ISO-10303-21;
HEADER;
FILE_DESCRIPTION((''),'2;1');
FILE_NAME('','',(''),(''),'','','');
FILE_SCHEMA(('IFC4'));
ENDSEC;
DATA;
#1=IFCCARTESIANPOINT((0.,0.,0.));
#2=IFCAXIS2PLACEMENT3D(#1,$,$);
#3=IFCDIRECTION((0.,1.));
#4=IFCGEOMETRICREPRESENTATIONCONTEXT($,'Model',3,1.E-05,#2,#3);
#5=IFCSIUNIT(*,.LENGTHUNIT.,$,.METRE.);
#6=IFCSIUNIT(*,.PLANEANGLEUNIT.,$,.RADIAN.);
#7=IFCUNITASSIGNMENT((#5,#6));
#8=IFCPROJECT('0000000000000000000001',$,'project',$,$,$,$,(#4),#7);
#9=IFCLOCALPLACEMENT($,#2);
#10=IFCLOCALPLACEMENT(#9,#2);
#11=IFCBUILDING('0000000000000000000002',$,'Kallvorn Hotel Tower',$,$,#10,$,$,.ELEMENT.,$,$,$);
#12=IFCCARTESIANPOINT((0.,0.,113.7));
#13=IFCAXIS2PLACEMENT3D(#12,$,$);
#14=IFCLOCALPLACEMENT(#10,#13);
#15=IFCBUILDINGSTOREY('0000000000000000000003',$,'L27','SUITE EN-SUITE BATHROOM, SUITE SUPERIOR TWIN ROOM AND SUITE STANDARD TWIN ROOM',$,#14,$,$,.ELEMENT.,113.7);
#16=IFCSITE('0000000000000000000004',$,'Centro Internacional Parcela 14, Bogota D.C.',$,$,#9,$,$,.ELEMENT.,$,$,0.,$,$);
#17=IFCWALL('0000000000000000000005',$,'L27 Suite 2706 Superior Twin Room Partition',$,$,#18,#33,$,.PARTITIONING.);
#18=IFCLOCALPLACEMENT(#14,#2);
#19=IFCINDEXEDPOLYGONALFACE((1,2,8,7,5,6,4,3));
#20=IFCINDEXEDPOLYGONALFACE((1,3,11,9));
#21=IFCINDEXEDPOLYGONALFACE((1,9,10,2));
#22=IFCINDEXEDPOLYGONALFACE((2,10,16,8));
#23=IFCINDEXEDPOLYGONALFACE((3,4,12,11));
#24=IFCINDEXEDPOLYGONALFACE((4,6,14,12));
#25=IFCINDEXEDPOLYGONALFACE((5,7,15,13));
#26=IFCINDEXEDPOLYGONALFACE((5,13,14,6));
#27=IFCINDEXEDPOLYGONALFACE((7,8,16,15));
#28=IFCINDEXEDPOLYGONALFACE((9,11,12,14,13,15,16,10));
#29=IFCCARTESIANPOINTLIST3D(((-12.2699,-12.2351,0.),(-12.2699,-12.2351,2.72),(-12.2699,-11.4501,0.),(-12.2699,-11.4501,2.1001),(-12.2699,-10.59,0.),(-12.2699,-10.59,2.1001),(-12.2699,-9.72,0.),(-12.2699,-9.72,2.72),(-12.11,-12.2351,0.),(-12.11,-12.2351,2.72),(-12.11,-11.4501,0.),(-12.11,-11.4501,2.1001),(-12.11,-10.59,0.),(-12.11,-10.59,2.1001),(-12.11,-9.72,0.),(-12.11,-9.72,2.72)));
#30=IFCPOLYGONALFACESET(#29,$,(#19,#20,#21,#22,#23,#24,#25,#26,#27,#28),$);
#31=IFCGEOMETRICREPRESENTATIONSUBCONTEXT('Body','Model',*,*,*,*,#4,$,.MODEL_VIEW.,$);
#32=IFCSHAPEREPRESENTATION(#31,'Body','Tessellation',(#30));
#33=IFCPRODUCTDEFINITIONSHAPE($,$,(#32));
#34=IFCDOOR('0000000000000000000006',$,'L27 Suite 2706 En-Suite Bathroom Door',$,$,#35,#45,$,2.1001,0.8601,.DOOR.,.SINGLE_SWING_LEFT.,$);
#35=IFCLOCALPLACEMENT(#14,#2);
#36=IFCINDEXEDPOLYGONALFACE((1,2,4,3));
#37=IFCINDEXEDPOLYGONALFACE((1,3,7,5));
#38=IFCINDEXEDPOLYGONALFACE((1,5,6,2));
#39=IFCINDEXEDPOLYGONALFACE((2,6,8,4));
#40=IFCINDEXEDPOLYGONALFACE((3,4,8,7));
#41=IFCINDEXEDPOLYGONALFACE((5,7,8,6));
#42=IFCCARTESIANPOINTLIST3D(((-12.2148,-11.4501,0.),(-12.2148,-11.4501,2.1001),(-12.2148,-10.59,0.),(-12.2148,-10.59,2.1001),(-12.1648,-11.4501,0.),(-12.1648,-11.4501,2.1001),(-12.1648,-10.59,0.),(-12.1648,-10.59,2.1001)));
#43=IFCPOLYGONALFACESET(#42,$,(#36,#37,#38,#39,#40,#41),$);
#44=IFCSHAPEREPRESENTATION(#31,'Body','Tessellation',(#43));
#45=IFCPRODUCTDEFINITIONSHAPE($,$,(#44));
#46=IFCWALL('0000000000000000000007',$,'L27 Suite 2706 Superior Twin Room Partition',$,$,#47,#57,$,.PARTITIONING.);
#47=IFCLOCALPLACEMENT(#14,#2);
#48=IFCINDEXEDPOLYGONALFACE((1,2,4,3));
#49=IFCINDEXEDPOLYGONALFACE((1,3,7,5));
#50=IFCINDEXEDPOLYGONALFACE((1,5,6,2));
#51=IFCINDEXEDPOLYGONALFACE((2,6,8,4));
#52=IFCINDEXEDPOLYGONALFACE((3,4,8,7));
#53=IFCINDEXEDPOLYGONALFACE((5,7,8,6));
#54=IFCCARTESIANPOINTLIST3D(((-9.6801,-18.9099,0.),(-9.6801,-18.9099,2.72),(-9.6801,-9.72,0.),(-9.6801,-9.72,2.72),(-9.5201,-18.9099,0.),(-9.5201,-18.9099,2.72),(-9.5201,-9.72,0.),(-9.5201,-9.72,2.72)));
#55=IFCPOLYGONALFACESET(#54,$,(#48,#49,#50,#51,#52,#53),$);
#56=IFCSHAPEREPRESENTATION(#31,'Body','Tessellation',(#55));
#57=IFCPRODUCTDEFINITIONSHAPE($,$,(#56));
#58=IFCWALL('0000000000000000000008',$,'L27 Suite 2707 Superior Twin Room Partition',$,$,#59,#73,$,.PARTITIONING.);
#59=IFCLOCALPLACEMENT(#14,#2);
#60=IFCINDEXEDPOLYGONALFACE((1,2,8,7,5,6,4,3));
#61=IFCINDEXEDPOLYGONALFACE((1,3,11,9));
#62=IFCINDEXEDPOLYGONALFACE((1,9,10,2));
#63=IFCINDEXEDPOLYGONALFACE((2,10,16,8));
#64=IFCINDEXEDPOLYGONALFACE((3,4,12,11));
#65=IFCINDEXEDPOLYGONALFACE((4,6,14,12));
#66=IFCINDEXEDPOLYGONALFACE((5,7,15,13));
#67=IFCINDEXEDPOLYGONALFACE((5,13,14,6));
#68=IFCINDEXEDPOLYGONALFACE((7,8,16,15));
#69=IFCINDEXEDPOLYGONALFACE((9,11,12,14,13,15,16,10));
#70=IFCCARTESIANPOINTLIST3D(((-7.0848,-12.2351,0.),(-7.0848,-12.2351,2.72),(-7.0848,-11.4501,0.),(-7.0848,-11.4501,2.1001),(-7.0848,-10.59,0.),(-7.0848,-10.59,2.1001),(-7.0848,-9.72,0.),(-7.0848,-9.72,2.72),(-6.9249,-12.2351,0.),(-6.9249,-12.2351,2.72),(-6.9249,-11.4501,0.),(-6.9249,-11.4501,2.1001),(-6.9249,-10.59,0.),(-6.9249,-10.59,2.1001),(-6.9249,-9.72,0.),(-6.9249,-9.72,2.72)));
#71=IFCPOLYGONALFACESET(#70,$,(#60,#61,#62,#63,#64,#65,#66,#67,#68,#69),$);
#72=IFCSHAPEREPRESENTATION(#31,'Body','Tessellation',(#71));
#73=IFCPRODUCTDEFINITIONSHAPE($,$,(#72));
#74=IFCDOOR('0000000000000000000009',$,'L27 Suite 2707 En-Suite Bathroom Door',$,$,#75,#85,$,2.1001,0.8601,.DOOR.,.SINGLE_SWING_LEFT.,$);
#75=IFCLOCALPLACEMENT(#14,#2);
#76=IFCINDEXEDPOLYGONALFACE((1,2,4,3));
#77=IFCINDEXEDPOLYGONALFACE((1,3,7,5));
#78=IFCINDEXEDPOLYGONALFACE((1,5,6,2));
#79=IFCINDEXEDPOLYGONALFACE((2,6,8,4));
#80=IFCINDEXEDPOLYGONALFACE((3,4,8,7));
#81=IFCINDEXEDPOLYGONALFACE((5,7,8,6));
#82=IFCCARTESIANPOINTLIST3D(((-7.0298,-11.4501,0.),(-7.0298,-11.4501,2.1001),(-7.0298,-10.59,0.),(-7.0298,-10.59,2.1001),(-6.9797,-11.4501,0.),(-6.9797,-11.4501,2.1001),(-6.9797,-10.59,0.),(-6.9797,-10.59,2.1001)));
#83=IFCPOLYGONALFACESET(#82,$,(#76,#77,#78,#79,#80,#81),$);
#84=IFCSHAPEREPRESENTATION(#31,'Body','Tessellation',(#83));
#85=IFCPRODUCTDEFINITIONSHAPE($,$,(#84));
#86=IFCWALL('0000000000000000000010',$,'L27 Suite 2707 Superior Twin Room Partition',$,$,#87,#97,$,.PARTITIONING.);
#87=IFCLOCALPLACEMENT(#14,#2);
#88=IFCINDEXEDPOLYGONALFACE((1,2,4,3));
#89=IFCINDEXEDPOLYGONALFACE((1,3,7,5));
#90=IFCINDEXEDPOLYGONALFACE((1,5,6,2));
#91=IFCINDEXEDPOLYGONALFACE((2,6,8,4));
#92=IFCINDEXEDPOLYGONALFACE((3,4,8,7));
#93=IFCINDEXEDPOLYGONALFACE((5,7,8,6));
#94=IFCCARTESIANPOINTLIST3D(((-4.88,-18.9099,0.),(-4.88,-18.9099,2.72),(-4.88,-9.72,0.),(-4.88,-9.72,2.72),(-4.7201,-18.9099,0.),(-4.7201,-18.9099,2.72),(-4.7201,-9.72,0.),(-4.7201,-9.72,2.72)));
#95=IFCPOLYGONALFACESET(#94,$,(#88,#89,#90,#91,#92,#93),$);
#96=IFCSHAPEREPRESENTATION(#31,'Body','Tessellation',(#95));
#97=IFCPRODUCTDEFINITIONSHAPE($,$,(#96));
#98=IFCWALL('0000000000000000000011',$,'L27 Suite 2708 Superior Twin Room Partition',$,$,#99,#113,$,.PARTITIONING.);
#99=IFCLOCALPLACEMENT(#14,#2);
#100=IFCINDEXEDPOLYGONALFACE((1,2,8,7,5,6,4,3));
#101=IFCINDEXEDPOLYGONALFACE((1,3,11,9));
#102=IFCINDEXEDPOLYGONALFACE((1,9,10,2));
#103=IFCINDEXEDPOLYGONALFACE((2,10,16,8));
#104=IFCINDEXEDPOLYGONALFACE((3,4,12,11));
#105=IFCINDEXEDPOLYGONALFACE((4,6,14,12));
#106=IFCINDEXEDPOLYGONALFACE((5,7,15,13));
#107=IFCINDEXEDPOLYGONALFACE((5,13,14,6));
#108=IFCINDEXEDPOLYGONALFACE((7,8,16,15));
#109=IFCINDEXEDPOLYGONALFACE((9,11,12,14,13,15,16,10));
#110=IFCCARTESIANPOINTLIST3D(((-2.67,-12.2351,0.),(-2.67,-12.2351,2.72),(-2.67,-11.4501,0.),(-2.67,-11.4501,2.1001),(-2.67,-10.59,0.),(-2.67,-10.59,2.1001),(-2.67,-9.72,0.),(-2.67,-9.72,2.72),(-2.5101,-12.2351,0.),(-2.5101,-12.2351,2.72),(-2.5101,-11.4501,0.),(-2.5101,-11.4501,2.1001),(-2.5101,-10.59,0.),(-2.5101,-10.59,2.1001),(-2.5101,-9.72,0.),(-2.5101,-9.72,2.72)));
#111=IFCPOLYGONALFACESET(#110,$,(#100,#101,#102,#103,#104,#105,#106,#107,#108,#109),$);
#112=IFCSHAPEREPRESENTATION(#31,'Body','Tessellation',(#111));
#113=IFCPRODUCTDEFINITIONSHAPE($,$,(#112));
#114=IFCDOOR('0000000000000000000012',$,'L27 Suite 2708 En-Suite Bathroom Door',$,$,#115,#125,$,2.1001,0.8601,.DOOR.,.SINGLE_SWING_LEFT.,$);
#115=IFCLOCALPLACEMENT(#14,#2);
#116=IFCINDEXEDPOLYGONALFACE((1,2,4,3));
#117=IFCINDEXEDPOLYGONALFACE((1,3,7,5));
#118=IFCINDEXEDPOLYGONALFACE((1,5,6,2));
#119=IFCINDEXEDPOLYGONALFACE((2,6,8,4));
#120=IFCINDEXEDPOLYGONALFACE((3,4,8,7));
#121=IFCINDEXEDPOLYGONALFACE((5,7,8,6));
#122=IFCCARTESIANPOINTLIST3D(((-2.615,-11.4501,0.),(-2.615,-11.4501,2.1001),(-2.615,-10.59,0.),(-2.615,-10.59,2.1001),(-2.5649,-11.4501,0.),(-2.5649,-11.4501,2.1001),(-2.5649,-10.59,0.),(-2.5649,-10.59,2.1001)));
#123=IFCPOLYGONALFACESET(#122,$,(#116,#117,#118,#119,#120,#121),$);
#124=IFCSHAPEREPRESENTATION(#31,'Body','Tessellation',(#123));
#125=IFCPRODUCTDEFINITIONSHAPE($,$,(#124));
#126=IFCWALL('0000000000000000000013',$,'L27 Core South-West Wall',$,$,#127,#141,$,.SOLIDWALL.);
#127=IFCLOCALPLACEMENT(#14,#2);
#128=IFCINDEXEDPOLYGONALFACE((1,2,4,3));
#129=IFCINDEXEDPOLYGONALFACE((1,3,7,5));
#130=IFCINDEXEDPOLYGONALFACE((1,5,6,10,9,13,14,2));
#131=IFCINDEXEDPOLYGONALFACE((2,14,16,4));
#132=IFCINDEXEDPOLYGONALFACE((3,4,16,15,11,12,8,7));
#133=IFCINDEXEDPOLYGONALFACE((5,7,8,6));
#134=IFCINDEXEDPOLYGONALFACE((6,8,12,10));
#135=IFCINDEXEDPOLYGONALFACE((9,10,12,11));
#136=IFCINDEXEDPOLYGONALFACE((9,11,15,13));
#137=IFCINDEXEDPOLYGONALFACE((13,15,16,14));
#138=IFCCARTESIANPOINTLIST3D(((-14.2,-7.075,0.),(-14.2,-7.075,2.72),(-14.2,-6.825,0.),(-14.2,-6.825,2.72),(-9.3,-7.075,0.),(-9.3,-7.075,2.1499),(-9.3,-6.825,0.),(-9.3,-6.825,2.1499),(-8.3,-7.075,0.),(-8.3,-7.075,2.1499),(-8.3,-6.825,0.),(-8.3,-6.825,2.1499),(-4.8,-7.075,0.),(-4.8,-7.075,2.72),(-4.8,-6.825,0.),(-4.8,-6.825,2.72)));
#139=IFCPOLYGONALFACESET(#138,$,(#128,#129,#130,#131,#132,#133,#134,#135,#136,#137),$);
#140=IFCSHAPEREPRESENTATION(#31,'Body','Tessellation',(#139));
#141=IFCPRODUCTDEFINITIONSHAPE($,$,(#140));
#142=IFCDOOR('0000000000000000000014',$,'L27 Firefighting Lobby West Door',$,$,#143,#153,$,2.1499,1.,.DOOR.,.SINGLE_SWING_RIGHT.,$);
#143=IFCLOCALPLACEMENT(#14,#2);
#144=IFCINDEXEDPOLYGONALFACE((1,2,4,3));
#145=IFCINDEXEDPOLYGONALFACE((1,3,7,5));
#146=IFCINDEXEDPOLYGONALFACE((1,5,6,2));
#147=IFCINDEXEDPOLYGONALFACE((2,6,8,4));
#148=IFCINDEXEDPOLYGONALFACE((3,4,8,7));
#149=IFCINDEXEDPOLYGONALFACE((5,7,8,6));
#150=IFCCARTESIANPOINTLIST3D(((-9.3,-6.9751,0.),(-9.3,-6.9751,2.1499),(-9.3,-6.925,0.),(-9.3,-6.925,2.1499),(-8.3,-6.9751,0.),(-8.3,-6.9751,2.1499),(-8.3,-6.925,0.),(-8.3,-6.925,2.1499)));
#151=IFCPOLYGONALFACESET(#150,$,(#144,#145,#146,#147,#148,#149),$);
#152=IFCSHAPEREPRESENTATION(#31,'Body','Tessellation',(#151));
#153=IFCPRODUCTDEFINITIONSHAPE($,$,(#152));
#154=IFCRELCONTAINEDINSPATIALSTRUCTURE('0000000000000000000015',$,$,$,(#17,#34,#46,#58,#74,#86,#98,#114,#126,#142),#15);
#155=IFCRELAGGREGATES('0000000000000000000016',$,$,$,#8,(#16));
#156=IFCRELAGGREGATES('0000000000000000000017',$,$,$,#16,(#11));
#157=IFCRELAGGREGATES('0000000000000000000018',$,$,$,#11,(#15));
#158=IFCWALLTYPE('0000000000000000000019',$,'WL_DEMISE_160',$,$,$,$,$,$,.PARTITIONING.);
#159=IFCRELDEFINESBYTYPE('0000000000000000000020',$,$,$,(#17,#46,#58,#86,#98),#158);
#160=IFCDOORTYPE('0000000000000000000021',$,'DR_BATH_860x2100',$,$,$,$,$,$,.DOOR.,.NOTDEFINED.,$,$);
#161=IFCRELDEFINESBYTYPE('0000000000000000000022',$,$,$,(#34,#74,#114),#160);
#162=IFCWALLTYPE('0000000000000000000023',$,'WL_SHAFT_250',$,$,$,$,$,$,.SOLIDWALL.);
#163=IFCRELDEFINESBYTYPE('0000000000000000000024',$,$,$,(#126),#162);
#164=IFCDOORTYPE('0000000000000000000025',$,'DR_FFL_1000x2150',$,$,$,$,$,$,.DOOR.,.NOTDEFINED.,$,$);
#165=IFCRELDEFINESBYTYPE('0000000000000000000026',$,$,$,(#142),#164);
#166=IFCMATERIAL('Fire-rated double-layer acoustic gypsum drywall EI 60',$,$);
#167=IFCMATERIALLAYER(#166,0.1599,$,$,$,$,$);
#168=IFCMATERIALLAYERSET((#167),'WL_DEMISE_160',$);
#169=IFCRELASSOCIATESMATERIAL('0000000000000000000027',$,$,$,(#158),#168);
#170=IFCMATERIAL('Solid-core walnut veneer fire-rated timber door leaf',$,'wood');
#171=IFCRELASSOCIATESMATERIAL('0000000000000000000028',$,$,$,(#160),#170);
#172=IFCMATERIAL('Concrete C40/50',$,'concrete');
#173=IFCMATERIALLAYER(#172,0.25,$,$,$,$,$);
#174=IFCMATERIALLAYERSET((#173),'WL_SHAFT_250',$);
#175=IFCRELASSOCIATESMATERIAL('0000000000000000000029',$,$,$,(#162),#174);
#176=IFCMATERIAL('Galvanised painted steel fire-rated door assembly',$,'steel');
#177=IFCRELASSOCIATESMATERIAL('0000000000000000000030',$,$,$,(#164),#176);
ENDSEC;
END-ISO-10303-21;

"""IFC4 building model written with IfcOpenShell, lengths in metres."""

from ifc_helpers import new_model, si_unit, direction, frame, frame_2d, origin, place, context, subcontext, project, spatial, rectangle, extrude, material, layer, layer_set, type_object, element, fill, save


model = new_model("IFC4")

# Units and contexts
model_context = context("Model", 3, precision=1e-05, world=origin(), true_north=direction((0.0, 1.0)))
body_context = subcontext(model_context, "Body", "Model", "MODEL_VIEW")
ifc_project = project(units=[si_unit("LENGTHUNIT", "METRE"), si_unit("PLANEANGLEUNIT", "RADIAN")], contexts=[model_context])

# Site, building, storey
site_placement = place(None, origin())
site = spatial("IfcSite", under=ifc_project, at=site_placement, Name="Centro Internacional Parcela 14, Bogota D.C.", CompositionType="ELEMENT", RefElevation=0.0)
building_placement = place(site_placement, origin())
building = spatial("IfcBuilding", under=site, at=building_placement, Name="Kallvorn Hotel Tower", CompositionType="ELEMENT")
storey_placement = place(building_placement, frame((0.0, 0.0, 113.7)))
storey = spatial("IfcBuildingStorey", under=building, at=storey_placement, Name="L27", Description="SUITE EN-SUITE BATHROOM, SUITE SUPERIOR TWIN ROOM AND SUITE STANDARD TWIN ROOM", CompositionType="ELEMENT", Elevation=113.7)

# Shared definitions
ifc_material_1 = material(Name="Fire-rated double-layer acoustic gypsum drywall EI 60")
ifc_layer_1 = layer(ifc_material_1, 0.1599)
ifc_layer_set_1 = layer_set([ifc_layer_1], Name="WL_DEMISE_160")
wall_type_1 = type_object("IfcWallType", Name="WL_DEMISE_160", PredefinedType="PARTITIONING", material=ifc_layer_set_1)

# Wall, opening, door
wall_1_placement = place(storey_placement, frame((-12.1899, -12.2351, 0.0), z_axis=(0.0, 0.0, 1.0), x_axis=(0.0, 1.0, 0.0)))
wall_1 = element("IfcWall", 1, at=wall_1_placement, inside=storey, type_object=wall_type_1, Name="L27 Suite 2706 Superior Twin Room Partition", PredefinedType="PARTITIONING", context=body_context, shape_type="SweptSolid", body=[
    extrude(rectangle(XDim=2.5151, YDim=0.1599, at=frame_2d((1.2576, 0.0))), origin(), (0.0, 0.0, 1.0), 2.72),
])
opening_1_placement = place(wall_1_placement, frame((0.7849, 0.0, 0.0)))
opening_1 = element("IfcOpeningElement", 2, at=opening_1_placement, cuts=wall_1, PredefinedType="OPENING", context=body_context, shape_type="SweptSolid", body=[
    extrude(rectangle(XDim=0.8601, YDim=2.1001, at=frame_2d((0.4302, 1.05))), frame((0.0, 0.095, 0.0), z_axis=(0.0, -1.0, 0.0), x_axis=(1.0, 0.0, 0.0)), (0.0, 0.0, 1.0), 0.1899),
])
ifc_material_2 = material(Name="Solid-core walnut veneer fire-rated timber door leaf", Category="wood")
door_type_1 = type_object("IfcDoorType", Name="DR_BATH_860x2100", OperationType="NOTDEFINED", PredefinedType="DOOR", material=ifc_material_2)
door_1_placement = place(opening_1_placement, origin())
door_1 = element("IfcDoor", 3, at=door_1_placement, inside=storey, type_object=door_type_1, Name="L27 Suite 2706 En-Suite Bathroom Door", OperationType="SINGLE_SWING_LEFT", OverallHeight=2.1001, OverallWidth=0.8601, PredefinedType="DOOR", context=body_context, shape_type="SweptSolid", body=[
    extrude(rectangle(XDim=0.8601, YDim=2.1001, at=frame_2d((0.4302, 1.05))), frame((0.0, 0.0249, 0.0), z_axis=(0.0, -1.0, 0.0), x_axis=(1.0, 0.0, 0.0)), (0.0, 0.0, 1.0), 0.05),
])
fill(opening_1, door_1)

# Wall
wall_2_placement = place(storey_placement, frame((-9.6001, -18.9099, 0.0), z_axis=(0.0, 0.0, 1.0), x_axis=(0.0, 1.0, 0.0)))
element("IfcWall", 4, at=wall_2_placement, inside=storey, type_object=wall_type_1, Name="L27 Suite 2706 Superior Twin Room Partition", PredefinedType="PARTITIONING", context=body_context, shape_type="SweptSolid", body=[
    extrude(rectangle(XDim=9.1899, YDim=0.1599, at=frame_2d((4.595, 0.0))), origin(), (0.0, 0.0, 1.0), 2.72),
])

# Wall, opening, door
wall_3_placement = place(storey_placement, frame((-7.0049, -12.2351, 0.0), z_axis=(0.0, 0.0, 1.0), x_axis=(0.0, 1.0, 0.0)))
wall_3 = element("IfcWall", 5, at=wall_3_placement, inside=storey, type_object=wall_type_1, Name="L27 Suite 2707 Superior Twin Room Partition", PredefinedType="PARTITIONING", context=body_context, shape_type="SweptSolid", body=[
    extrude(rectangle(XDim=2.5151, YDim=0.1599, at=frame_2d((1.2576, 0.0))), origin(), (0.0, 0.0, 1.0), 2.72),
])
opening_2_placement = place(wall_3_placement, frame((0.7849, 0.0, 0.0)))
opening_2 = element("IfcOpeningElement", 6, at=opening_2_placement, cuts=wall_3, PredefinedType="OPENING", context=body_context, shape_type="SweptSolid", body=[
    extrude(rectangle(XDim=0.8601, YDim=2.1001, at=frame_2d((0.4302, 1.05))), frame((0.0, 0.095, 0.0), z_axis=(0.0, -1.0, 0.0), x_axis=(1.0, 0.0, 0.0)), (0.0, 0.0, 1.0), 0.1899),
])
door_2_placement = place(opening_2_placement, origin())
door_2 = element("IfcDoor", 7, at=door_2_placement, inside=storey, type_object=door_type_1, Name="L27 Suite 2707 En-Suite Bathroom Door", OperationType="SINGLE_SWING_LEFT", OverallHeight=2.1001, OverallWidth=0.8601, PredefinedType="DOOR", context=body_context, shape_type="SweptSolid", body=[
    extrude(rectangle(XDim=0.8601, YDim=2.1001, at=frame_2d((0.4302, 1.05))), frame((0.0, 0.0249, 0.0), z_axis=(0.0, -1.0, 0.0), x_axis=(1.0, 0.0, 0.0)), (0.0, 0.0, 1.0), 0.05),
])
fill(opening_2, door_2)

# Wall
wall_4_placement = place(storey_placement, frame((-4.8, -18.9099, 0.0), z_axis=(0.0, 0.0, 1.0), x_axis=(0.0, 1.0, 0.0)))
element("IfcWall", 8, at=wall_4_placement, inside=storey, type_object=wall_type_1, Name="L27 Suite 2707 Superior Twin Room Partition", PredefinedType="PARTITIONING", context=body_context, shape_type="SweptSolid", body=[
    extrude(rectangle(XDim=9.1899, YDim=0.1599, at=frame_2d((4.595, 0.0))), origin(), (0.0, 0.0, 1.0), 2.72),
])

# Walls, openings, doors
wall_5_placement = place(storey_placement, frame((-2.5901, -12.2351, 0.0), z_axis=(0.0, 0.0, 1.0), x_axis=(0.0, 1.0, 0.0)))
wall_5 = element("IfcWall", 9, at=wall_5_placement, inside=storey, type_object=wall_type_1, Name="L27 Suite 2708 Superior Twin Room Partition", PredefinedType="PARTITIONING", context=body_context, shape_type="SweptSolid", body=[
    extrude(rectangle(XDim=2.5151, YDim=0.1599, at=frame_2d((1.2576, 0.0))), origin(), (0.0, 0.0, 1.0), 2.72),
])
opening_3_placement = place(wall_5_placement, frame((0.7849, 0.0, 0.0)))
opening_3 = element("IfcOpeningElement", 10, at=opening_3_placement, cuts=wall_5, PredefinedType="OPENING", context=body_context, shape_type="SweptSolid", body=[
    extrude(rectangle(XDim=0.8601, YDim=2.1001, at=frame_2d((0.4302, 1.05))), frame((0.0, 0.095, 0.0), z_axis=(0.0, -1.0, 0.0), x_axis=(1.0, 0.0, 0.0)), (0.0, 0.0, 1.0), 0.1899),
])
door_3_placement = place(opening_3_placement, origin())
door_3 = element("IfcDoor", 11, at=door_3_placement, inside=storey, type_object=door_type_1, Name="L27 Suite 2708 En-Suite Bathroom Door", OperationType="SINGLE_SWING_LEFT", OverallHeight=2.1001, OverallWidth=0.8601, PredefinedType="DOOR", context=body_context, shape_type="SweptSolid", body=[
    extrude(rectangle(XDim=0.8601, YDim=2.1001, at=frame_2d((0.4302, 1.05))), frame((0.0, 0.0249, 0.0), z_axis=(0.0, -1.0, 0.0), x_axis=(1.0, 0.0, 0.0)), (0.0, 0.0, 1.0), 0.05),
])
fill(opening_3, door_3)
ifc_material_3 = material(Name="Concrete C40/50", Category="concrete")
ifc_layer_2 = layer(ifc_material_3, 0.25)
ifc_layer_set_2 = layer_set([ifc_layer_2], Name="WL_SHAFT_250")
wall_type_2 = type_object("IfcWallType", Name="WL_SHAFT_250", PredefinedType="SOLIDWALL", material=ifc_layer_set_2)
wall_6_placement = place(storey_placement, frame((-14.2, -6.95, 0.0), z_axis=(0.0, 0.0, 1.0), x_axis=(1.0, 0.0, 0.0)))
wall_6 = element("IfcWall", 12, at=wall_6_placement, inside=storey, type_object=wall_type_2, Name="L27 Core South-West Wall", PredefinedType="SOLIDWALL", context=body_context, shape_type="SweptSolid", body=[
    extrude(rectangle(XDim=9.3999, YDim=0.25, at=frame_2d((4.7, 0.0))), origin(), (0.0, 0.0, 1.0), 2.72),
])
opening_4_placement = place(wall_6_placement, frame((4.8999, 0.0, 0.0)))
opening_4 = element("IfcOpeningElement", 13, at=opening_4_placement, cuts=wall_6, PredefinedType="OPENING", context=body_context, shape_type="SweptSolid", body=[
    extrude(rectangle(XDim=1.0, YDim=2.1499, at=frame_2d((0.5, 1.075))), frame((0.0, 0.1399, 0.0), z_axis=(0.0, -1.0, 0.0), x_axis=(1.0, 0.0, 0.0)), (0.0, 0.0, 1.0), 0.28),
])
ifc_material_4 = material(Name="Galvanised painted steel fire-rated door assembly", Category="steel")
door_type_2 = type_object("IfcDoorType", Name="DR_FFL_1000x2150", OperationType="NOTDEFINED", PredefinedType="DOOR", material=ifc_material_4)
door_4_placement = place(opening_4_placement, origin())
door_4 = element("IfcDoor", 14, at=door_4_placement, inside=storey, type_object=door_type_2, Name="L27 Firefighting Lobby West Door", OperationType="SINGLE_SWING_RIGHT", OverallHeight=2.1499, OverallWidth=1.0, PredefinedType="DOOR", context=body_context, shape_type="SweptSolid", body=[
    extrude(rectangle(XDim=1.0, YDim=2.1499, at=frame_2d((0.5, 1.075))), frame((0.0, 0.0249, 0.0), z_axis=(0.0, -1.0, 0.0), x_axis=(1.0, 0.0, 0.0)), (0.0, 0.0, 1.0), 0.05),
])
fill(opening_4, door_4)

save(model, "model.ifc")
